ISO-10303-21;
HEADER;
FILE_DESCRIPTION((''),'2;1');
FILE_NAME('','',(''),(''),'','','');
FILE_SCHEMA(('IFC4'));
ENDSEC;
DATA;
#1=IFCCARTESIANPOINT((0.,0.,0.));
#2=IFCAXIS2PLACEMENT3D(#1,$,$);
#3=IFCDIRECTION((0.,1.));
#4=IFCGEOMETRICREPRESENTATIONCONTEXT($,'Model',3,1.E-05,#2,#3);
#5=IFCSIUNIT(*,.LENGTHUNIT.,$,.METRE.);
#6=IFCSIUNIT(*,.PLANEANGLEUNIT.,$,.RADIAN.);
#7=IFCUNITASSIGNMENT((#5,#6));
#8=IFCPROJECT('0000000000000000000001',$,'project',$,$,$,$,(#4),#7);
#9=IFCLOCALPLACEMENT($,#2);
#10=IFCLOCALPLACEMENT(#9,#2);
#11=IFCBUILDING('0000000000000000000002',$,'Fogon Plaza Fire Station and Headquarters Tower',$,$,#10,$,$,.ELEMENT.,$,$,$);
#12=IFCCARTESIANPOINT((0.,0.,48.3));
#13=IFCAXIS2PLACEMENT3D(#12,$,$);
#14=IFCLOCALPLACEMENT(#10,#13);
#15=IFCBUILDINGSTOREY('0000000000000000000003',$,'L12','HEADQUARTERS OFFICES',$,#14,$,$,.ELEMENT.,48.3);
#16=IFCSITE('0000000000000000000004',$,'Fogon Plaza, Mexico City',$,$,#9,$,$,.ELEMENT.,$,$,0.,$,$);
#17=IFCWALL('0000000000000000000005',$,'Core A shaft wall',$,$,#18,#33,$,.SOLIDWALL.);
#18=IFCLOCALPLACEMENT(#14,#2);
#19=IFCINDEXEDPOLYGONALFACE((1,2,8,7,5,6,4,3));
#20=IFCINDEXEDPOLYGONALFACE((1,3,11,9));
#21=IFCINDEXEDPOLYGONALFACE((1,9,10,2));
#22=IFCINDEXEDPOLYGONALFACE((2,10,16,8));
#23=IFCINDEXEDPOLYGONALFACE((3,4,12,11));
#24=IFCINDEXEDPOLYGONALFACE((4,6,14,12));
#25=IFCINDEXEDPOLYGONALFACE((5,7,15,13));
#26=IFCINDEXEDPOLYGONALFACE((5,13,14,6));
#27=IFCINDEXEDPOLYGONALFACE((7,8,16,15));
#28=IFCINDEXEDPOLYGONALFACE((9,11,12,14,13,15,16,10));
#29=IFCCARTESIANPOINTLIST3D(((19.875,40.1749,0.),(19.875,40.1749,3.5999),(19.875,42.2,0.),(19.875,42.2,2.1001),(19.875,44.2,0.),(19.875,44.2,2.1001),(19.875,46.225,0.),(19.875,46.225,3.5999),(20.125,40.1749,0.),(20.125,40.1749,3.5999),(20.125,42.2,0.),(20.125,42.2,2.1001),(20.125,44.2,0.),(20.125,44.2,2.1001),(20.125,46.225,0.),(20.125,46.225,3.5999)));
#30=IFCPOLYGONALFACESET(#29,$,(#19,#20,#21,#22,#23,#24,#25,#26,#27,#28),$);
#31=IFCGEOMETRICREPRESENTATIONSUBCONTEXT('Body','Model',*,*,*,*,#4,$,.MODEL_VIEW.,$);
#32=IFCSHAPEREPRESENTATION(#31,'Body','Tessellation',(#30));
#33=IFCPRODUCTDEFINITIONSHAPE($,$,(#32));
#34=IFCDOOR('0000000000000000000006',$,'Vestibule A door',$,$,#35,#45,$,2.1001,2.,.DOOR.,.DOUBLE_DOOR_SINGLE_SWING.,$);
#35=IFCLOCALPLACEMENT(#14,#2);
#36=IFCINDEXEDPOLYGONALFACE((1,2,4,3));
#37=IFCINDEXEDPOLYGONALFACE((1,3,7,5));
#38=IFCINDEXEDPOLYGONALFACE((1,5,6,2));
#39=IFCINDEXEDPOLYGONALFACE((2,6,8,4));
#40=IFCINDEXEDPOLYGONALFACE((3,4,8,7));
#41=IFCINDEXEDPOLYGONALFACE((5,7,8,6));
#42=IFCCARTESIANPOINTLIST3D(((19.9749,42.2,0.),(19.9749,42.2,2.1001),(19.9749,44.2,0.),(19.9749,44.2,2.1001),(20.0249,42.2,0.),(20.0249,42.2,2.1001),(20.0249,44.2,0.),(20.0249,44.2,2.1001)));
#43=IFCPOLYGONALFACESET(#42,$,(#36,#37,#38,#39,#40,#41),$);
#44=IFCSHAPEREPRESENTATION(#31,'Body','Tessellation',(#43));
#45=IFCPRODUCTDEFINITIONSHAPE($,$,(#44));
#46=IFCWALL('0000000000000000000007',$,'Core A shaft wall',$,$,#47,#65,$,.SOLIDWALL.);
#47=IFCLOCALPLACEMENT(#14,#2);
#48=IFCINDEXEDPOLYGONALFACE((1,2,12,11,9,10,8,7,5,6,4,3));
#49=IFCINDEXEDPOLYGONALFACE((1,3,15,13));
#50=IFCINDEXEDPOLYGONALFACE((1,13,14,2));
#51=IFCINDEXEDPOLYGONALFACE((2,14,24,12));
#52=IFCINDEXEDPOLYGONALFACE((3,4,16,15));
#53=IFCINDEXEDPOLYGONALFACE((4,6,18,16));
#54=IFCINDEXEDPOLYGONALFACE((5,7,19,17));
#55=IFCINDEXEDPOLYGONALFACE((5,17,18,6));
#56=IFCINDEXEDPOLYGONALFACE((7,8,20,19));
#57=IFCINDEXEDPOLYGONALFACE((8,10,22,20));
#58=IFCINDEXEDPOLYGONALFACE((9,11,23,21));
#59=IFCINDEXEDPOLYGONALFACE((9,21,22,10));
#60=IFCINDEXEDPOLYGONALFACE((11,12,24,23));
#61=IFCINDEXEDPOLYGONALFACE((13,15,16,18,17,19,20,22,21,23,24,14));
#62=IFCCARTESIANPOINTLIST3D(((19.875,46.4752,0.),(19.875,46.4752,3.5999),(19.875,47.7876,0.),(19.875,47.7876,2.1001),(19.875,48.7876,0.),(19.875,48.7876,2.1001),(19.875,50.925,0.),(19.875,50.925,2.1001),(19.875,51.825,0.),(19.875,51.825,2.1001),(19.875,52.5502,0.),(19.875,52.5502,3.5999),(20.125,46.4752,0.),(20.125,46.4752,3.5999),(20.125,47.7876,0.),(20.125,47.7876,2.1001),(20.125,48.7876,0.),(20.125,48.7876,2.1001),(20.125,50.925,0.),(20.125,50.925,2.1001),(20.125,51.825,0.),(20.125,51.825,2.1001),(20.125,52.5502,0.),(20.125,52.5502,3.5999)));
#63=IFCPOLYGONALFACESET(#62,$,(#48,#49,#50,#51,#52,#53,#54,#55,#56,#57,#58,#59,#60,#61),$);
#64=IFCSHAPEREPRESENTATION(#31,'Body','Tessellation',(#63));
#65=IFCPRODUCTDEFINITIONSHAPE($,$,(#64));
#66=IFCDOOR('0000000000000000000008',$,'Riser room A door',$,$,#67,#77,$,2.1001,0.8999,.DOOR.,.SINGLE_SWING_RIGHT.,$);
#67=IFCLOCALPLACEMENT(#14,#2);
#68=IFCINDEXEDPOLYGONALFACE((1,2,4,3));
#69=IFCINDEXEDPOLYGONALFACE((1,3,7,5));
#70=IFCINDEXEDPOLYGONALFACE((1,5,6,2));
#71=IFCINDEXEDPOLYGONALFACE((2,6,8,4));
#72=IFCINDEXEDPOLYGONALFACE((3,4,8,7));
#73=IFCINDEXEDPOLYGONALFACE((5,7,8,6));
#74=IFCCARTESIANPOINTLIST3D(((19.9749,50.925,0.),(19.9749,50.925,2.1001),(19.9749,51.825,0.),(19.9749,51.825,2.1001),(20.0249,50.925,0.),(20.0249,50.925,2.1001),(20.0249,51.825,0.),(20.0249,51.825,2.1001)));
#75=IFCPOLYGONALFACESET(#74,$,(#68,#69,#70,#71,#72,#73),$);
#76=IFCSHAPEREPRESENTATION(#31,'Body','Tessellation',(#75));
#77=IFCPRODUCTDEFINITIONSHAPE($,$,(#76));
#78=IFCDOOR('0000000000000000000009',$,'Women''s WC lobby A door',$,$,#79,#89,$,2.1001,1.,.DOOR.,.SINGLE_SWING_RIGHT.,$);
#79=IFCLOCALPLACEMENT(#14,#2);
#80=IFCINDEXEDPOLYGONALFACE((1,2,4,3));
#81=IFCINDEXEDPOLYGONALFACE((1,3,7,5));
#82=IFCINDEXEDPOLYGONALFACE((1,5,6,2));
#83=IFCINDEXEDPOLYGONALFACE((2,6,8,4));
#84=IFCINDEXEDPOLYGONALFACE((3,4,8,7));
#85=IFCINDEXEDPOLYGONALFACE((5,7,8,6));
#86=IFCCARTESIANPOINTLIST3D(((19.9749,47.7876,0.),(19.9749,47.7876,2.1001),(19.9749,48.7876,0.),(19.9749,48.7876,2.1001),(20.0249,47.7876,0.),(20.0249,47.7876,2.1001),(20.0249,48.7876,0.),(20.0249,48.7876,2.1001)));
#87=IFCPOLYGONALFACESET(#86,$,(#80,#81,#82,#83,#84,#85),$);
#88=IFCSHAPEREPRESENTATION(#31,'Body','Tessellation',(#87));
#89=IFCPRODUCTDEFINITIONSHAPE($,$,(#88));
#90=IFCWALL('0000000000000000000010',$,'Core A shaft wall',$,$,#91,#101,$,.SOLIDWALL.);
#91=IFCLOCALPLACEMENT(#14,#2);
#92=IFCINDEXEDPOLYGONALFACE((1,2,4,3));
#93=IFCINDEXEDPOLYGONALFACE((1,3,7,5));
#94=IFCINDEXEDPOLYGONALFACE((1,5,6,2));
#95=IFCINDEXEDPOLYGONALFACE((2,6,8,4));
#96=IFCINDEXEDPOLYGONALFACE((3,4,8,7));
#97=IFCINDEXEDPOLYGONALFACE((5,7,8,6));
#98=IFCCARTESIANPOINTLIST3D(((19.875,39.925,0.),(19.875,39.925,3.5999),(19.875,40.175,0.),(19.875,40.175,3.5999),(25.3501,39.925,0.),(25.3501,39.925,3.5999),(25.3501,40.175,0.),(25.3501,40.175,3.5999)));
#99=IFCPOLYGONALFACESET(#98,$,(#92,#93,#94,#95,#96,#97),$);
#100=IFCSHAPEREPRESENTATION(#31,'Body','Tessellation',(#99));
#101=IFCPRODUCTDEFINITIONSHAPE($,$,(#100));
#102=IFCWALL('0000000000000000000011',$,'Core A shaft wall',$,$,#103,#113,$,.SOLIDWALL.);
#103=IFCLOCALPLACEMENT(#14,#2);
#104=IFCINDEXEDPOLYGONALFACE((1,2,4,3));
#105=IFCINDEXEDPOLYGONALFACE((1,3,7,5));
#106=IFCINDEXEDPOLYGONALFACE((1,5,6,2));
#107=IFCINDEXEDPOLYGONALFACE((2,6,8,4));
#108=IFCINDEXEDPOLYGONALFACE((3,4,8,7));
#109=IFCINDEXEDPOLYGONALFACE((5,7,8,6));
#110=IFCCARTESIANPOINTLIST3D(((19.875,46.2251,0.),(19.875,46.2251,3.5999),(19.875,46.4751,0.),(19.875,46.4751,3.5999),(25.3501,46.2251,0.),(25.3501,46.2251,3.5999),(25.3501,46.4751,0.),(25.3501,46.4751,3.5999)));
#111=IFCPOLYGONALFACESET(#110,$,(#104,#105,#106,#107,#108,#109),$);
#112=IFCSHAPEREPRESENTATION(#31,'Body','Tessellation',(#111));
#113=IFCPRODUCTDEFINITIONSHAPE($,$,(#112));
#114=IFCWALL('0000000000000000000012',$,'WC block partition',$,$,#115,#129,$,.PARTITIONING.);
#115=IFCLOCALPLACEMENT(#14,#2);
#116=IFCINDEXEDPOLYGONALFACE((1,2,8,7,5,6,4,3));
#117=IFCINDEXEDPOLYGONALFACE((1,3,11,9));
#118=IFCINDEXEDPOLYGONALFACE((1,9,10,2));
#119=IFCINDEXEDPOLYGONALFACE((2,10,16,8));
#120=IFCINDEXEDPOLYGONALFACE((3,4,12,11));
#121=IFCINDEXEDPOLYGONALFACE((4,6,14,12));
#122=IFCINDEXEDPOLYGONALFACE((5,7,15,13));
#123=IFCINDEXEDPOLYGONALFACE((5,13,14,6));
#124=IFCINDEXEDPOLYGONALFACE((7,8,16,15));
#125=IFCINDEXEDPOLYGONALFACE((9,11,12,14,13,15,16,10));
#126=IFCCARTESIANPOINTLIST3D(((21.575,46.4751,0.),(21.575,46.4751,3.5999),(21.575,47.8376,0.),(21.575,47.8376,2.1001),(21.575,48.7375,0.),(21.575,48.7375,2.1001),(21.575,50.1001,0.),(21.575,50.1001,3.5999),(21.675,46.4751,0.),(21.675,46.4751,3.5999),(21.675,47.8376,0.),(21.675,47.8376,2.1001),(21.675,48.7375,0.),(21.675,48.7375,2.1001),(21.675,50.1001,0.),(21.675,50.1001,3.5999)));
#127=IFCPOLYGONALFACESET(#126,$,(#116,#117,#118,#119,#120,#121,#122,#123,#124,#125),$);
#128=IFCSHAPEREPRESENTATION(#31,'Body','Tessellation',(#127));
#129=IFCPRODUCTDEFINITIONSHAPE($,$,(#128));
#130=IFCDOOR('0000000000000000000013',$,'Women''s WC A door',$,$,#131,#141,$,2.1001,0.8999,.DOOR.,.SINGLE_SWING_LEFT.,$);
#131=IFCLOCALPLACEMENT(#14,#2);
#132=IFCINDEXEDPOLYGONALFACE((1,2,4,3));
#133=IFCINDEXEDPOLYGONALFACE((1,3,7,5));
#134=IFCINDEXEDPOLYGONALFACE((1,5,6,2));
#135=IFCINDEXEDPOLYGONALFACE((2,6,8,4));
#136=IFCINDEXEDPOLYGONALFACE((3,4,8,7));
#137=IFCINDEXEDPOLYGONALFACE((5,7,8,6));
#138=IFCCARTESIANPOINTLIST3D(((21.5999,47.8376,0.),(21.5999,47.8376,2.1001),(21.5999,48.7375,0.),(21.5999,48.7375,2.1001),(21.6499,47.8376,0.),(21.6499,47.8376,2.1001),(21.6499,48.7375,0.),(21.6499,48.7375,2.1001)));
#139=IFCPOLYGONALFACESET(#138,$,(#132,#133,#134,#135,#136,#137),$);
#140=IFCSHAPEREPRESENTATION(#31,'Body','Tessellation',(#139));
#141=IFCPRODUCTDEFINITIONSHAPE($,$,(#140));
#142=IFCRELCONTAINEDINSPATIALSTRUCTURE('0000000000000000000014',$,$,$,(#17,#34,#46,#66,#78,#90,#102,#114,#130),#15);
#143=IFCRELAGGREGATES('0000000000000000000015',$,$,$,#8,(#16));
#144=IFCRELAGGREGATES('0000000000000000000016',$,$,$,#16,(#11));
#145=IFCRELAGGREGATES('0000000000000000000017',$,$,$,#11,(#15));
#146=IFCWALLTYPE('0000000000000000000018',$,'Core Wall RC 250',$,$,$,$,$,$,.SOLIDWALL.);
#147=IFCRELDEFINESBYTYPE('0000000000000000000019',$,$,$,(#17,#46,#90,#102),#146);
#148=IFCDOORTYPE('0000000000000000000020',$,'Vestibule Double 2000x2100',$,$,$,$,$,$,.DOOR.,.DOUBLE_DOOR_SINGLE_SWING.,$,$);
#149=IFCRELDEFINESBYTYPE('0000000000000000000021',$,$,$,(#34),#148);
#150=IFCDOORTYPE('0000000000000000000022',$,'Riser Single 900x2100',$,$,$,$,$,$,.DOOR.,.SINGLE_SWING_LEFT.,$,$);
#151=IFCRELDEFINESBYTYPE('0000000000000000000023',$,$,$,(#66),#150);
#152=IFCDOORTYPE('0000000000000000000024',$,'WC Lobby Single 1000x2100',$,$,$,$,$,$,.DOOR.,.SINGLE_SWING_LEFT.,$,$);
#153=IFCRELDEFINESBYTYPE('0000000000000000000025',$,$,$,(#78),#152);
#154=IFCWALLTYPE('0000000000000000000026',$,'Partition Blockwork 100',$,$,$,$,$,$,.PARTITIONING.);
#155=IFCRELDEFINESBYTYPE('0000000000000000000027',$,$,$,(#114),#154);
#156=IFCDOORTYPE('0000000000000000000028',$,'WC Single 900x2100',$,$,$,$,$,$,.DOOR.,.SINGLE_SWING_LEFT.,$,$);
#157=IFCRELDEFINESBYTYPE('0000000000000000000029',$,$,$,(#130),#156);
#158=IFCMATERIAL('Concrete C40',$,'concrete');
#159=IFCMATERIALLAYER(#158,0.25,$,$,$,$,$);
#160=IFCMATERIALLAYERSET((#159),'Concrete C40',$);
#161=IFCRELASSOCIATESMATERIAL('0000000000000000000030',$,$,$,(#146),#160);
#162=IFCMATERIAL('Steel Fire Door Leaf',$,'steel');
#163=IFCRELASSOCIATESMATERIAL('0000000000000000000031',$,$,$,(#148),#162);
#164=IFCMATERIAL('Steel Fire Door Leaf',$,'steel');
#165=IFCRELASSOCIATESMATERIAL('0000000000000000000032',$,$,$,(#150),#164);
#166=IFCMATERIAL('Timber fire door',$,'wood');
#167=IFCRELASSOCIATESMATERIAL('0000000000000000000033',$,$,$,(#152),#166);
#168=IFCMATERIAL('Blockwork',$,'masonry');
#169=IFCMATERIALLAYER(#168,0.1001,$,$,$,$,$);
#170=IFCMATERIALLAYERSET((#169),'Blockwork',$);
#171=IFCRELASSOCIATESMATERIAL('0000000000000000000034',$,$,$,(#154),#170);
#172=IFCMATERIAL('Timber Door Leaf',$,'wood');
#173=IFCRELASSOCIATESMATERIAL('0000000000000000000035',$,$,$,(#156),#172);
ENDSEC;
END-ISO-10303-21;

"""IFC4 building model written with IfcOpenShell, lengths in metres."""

from ifc_helpers import new_model, si_unit, direction, frame, frame_2d, origin, place, context, subcontext, project, spatial, rectangle, extrude, material, layer, layer_set, type_object, element, fill, save


model = new_model("IFC4")

# Units and contexts
model_context = context("Model", 3, precision=1e-05, world=origin(), true_north=direction((0.0, 1.0)))
body_context = subcontext(model_context, "Body", "Model", "MODEL_VIEW")
ifc_project = project(units=[si_unit("LENGTHUNIT", "METRE"), si_unit("PLANEANGLEUNIT", "RADIAN")], contexts=[model_context])

# Site, building, storey
site_placement = place(None, origin())
site = spatial("IfcSite", under=ifc_project, at=site_placement, Name="Fogon Plaza, Mexico City", CompositionType="ELEMENT", RefElevation=0.0)
building_placement = place(site_placement, origin())
building = spatial("IfcBuilding", under=site, at=building_placement, Name="Fogon Plaza Fire Station and Headquarters Tower", CompositionType="ELEMENT")
storey_placement = place(building_placement, frame((0.0, 0.0, 48.3)))
storey = spatial("IfcBuildingStorey", under=building, at=storey_placement, Name="L12", Description="HEADQUARTERS OFFICES", CompositionType="ELEMENT", Elevation=48.3)

# Shared definitions
ifc_material_1 = material(Name="Concrete C40", Category="concrete")
ifc_layer_1 = layer(ifc_material_1, 0.25)
ifc_layer_set_1 = layer_set([ifc_layer_1], Name="Concrete C40")
wall_type_1 = type_object("IfcWallType", Name="Core Wall RC 250", PredefinedType="SOLIDWALL", material=ifc_layer_set_1)

# Wall, opening, door
wall_1_placement = place(storey_placement, frame((20.0, 40.175, 0.0), z_axis=(0.0, 0.0, 1.0), x_axis=(0.0, 1.0, 0.0)))
wall_1 = element("IfcWall", 1, at=wall_1_placement, inside=storey, type_object=wall_type_1, Name="Core A shaft wall", PredefinedType="SOLIDWALL", context=body_context, shape_type="SweptSolid", body=[
    extrude(rectangle(XDim=6.05, YDim=0.25, at=frame_2d((3.0249, 0.0))), origin(), (0.0, 0.0, 1.0), 3.5999),
])
opening_1_placement = place(wall_1_placement, frame((2.0249, 0.0, 0.0)))
opening_1 = element("IfcOpeningElement", 2, at=opening_1_placement, cuts=wall_1, PredefinedType="OPENING", context=body_context, shape_type="SweptSolid", body=[
    extrude(rectangle(XDim=2.0, YDim=2.1001, at=frame_2d((1.0, 1.05))), frame((0.0, 0.135, 0.0), z_axis=(0.0, -1.0, 0.0), x_axis=(1.0, 0.0, 0.0)), (0.0, 0.0, 1.0), 0.27),
])
ifc_material_2 = material(Name="Steel Fire Door Leaf", Category="steel")
door_type_1 = type_object("IfcDoorType", Name="Vestibule Double 2000x2100", OperationType="DOUBLE_DOOR_SINGLE_SWING", PredefinedType="DOOR", material=ifc_material_2)
door_1_placement = place(opening_1_placement, frame((2.0, 0.0, 0.0), z_axis=(0.0, 0.0, 1.0), x_axis=(-1.0, 0.0, 0.0)))
door_1 = element("IfcDoor", 3, at=door_1_placement, inside=storey, type_object=door_type_1, Name="Vestibule A door", OperationType="DOUBLE_DOOR_SINGLE_SWING", OverallHeight=2.1001, OverallWidth=2.0, PredefinedType="DOOR", context=body_context, shape_type="SweptSolid", body=[
    extrude(rectangle(XDim=2.0, YDim=2.1001, at=frame_2d((1.0, 1.05))), frame((0.0, 0.0249, 0.0), z_axis=(0.0, -1.0, 0.0), x_axis=(1.0, 0.0, 0.0)), (0.0, 0.0, 1.0), 0.05),
])
fill(opening_1, door_1)

# Wall, openings, doors
wall_2_placement = place(storey_placement, frame((20.0, 46.4751, 0.0), z_axis=(0.0, 0.0, 1.0), x_axis=(0.0, 1.0, 0.0)))
wall_2 = element("IfcWall", 4, at=wall_2_placement, inside=storey, type_object=wall_type_1, Name="Core A shaft wall", PredefinedType="SOLIDWALL", context=body_context, shape_type="SweptSolid", body=[
    extrude(rectangle(XDim=6.075, YDim=0.25, at=frame_2d((3.0376, 0.0))), origin(), (0.0, 0.0, 1.0), 3.5999),
])
opening_2_placement = place(wall_2_placement, frame((1.3125, 0.0, 0.0)))
opening_2 = element("IfcOpeningElement", 5, at=opening_2_placement, cuts=wall_2, PredefinedType="OPENING", context=body_context, shape_type="SweptSolid", body=[
    extrude(rectangle(XDim=1.0, YDim=2.1001, at=frame_2d((0.5, 1.05))), frame((0.0, 0.135, 0.0), z_axis=(0.0, -1.0, 0.0), x_axis=(1.0, 0.0, 0.0)), (0.0, 0.0, 1.0), 0.27),
])
opening_3_placement = place(wall_2_placement, frame((4.45, 0.0, 0.0)))
opening_3 = element("IfcOpeningElement", 6, at=opening_3_placement, cuts=wall_2, PredefinedType="OPENING", context=body_context, shape_type="SweptSolid", body=[
    extrude(rectangle(XDim=0.8999, YDim=2.1001, at=frame_2d((0.45, 1.05))), frame((0.0, 0.135, 0.0), z_axis=(0.0, -1.0, 0.0), x_axis=(1.0, 0.0, 0.0)), (0.0, 0.0, 1.0), 0.27),
])
ifc_material_3 = material(Name="Steel Fire Door Leaf", Category="steel")
door_type_2 = type_object("IfcDoorType", Name="Riser Single 900x2100", OperationType="SINGLE_SWING_LEFT", PredefinedType="DOOR", material=ifc_material_3)
door_2_placement = place(opening_3_placement, frame((0.8999, 0.0, 0.0), z_axis=(0.0, 0.0, 1.0), x_axis=(-1.0, 0.0, 0.0)))
door_2 = element("IfcDoor", 7, at=door_2_placement, inside=storey, type_object=door_type_2, Name="Riser room A door", OperationType="SINGLE_SWING_RIGHT", OverallHeight=2.1001, OverallWidth=0.8999, PredefinedType="DOOR", context=body_context, shape_type="SweptSolid", body=[
    extrude(rectangle(XDim=0.8999, YDim=2.1001, at=frame_2d((0.45, 1.05))), frame((0.0, 0.0249, 0.0), z_axis=(0.0, -1.0, 0.0), x_axis=(1.0, 0.0, 0.0)), (0.0, 0.0, 1.0), 0.05),
])
fill(opening_3, door_2)
ifc_material_4 = material(Name="Timber fire door", Category="wood")
door_type_3 = type_object("IfcDoorType", Name="WC Lobby Single 1000x2100", OperationType="SINGLE_SWING_LEFT", PredefinedType="DOOR", material=ifc_material_4)
door_3_placement = place(opening_2_placement, frame((1.0, 0.0, 0.0), z_axis=(0.0, 0.0, 1.0), x_axis=(-1.0, 0.0, 0.0)))
door_3 = element("IfcDoor", 8, at=door_3_placement, inside=storey, type_object=door_type_3, Name="Women's WC lobby A door", OperationType="SINGLE_SWING_RIGHT", OverallHeight=2.1001, OverallWidth=1.0, PredefinedType="DOOR", context=body_context, shape_type="SweptSolid", body=[
    extrude(rectangle(XDim=1.0, YDim=2.1001, at=frame_2d((0.5, 1.05))), frame((0.0, 0.0249, 0.0), z_axis=(0.0, -1.0, 0.0), x_axis=(1.0, 0.0, 0.0)), (0.0, 0.0, 1.0), 0.05),
])
fill(opening_2, door_3)

# Walls
for number, where, z_axis, x_axis, name in (
    (9, (19.875, 40.05, 0.0), (0.0, 0.0, 1.0), (1.0, 0.0, 0.0), "Core A shaft wall"),
    (10, (19.875, 46.3501, 0.0), (0.0, 0.0, 1.0), (1.0, 0.0, 0.0), "Core A shaft wall"),
):
    element("IfcWall", number, at=place(storey_placement, frame(where, z_axis=z_axis, x_axis=x_axis)), inside=storey, type_object=wall_type_1, Name=name, PredefinedType="SOLIDWALL", context=body_context, shape_type="SweptSolid", body=[
        extrude(rectangle(XDim=5.4751, YDim=0.25, at=frame_2d((2.7375, 0.0))), origin(), (0.0, 0.0, 1.0), 3.5999),
    ])

# Wall, opening, door
ifc_material_5 = material(Name="Blockwork", Category="masonry")
ifc_layer_2 = layer(ifc_material_5, 0.1001)
ifc_layer_set_2 = layer_set([ifc_layer_2], Name="Blockwork")
wall_type_2 = type_object("IfcWallType", Name="Partition Blockwork 100", PredefinedType="PARTITIONING", material=ifc_layer_set_2)
wall_3_placement = place(storey_placement, frame((21.625, 46.4751, 0.0), z_axis=(0.0, 0.0, 1.0), x_axis=(0.0, 1.0, 0.0)))
wall_3 = element("IfcWall", 11, at=wall_3_placement, inside=storey, type_object=wall_type_2, Name="WC block partition", PredefinedType="PARTITIONING", context=body_context, shape_type="SweptSolid", body=[
    extrude(rectangle(XDim=3.625, YDim=0.1001, at=frame_2d((1.8125, 0.0))), origin(), (0.0, 0.0, 1.0), 3.5999),
])
opening_4_placement = place(wall_3_placement, frame((1.3625, 0.0, 0.0)))
opening_4 = element("IfcOpeningElement", 12, at=opening_4_placement, cuts=wall_3, PredefinedType="OPENING", context=body_context, shape_type="SweptSolid", body=[
    extrude(rectangle(XDim=0.8999, YDim=2.1001, at=frame_2d((0.45, 1.05))), frame((0.0, 0.0601, 0.0), z_axis=(0.0, -1.0, 0.0), x_axis=(1.0, 0.0, 0.0)), (0.0, 0.0, 1.0), 0.1201),
])
ifc_material_6 = material(Name="Timber Door Leaf", Category="wood")
door_type_4 = type_object("IfcDoorType", Name="WC Single 900x2100", OperationType="SINGLE_SWING_LEFT", PredefinedType="DOOR", material=ifc_material_6)
door_4_placement = place(opening_4_placement, frame((0.8999, 0.0, 0.0), z_axis=(0.0, 0.0, 1.0), x_axis=(-1.0, 0.0, 0.0)))
door_4 = element("IfcDoor", 13, at=door_4_placement, inside=storey, type_object=door_type_4, Name="Women's WC A door", OperationType="SINGLE_SWING_LEFT", OverallHeight=2.1001, OverallWidth=0.8999, PredefinedType="DOOR", context=body_context, shape_type="SweptSolid", body=[
    extrude(rectangle(XDim=0.8999, YDim=2.1001, at=frame_2d((0.45, 1.05))), frame((0.0, 0.0249, 0.0), z_axis=(0.0, -1.0, 0.0), x_axis=(1.0, 0.0, 0.0)), (0.0, 0.0, 1.0), 0.05),
])
fill(opening_4, door_4)

save(model, "model.ifc")
